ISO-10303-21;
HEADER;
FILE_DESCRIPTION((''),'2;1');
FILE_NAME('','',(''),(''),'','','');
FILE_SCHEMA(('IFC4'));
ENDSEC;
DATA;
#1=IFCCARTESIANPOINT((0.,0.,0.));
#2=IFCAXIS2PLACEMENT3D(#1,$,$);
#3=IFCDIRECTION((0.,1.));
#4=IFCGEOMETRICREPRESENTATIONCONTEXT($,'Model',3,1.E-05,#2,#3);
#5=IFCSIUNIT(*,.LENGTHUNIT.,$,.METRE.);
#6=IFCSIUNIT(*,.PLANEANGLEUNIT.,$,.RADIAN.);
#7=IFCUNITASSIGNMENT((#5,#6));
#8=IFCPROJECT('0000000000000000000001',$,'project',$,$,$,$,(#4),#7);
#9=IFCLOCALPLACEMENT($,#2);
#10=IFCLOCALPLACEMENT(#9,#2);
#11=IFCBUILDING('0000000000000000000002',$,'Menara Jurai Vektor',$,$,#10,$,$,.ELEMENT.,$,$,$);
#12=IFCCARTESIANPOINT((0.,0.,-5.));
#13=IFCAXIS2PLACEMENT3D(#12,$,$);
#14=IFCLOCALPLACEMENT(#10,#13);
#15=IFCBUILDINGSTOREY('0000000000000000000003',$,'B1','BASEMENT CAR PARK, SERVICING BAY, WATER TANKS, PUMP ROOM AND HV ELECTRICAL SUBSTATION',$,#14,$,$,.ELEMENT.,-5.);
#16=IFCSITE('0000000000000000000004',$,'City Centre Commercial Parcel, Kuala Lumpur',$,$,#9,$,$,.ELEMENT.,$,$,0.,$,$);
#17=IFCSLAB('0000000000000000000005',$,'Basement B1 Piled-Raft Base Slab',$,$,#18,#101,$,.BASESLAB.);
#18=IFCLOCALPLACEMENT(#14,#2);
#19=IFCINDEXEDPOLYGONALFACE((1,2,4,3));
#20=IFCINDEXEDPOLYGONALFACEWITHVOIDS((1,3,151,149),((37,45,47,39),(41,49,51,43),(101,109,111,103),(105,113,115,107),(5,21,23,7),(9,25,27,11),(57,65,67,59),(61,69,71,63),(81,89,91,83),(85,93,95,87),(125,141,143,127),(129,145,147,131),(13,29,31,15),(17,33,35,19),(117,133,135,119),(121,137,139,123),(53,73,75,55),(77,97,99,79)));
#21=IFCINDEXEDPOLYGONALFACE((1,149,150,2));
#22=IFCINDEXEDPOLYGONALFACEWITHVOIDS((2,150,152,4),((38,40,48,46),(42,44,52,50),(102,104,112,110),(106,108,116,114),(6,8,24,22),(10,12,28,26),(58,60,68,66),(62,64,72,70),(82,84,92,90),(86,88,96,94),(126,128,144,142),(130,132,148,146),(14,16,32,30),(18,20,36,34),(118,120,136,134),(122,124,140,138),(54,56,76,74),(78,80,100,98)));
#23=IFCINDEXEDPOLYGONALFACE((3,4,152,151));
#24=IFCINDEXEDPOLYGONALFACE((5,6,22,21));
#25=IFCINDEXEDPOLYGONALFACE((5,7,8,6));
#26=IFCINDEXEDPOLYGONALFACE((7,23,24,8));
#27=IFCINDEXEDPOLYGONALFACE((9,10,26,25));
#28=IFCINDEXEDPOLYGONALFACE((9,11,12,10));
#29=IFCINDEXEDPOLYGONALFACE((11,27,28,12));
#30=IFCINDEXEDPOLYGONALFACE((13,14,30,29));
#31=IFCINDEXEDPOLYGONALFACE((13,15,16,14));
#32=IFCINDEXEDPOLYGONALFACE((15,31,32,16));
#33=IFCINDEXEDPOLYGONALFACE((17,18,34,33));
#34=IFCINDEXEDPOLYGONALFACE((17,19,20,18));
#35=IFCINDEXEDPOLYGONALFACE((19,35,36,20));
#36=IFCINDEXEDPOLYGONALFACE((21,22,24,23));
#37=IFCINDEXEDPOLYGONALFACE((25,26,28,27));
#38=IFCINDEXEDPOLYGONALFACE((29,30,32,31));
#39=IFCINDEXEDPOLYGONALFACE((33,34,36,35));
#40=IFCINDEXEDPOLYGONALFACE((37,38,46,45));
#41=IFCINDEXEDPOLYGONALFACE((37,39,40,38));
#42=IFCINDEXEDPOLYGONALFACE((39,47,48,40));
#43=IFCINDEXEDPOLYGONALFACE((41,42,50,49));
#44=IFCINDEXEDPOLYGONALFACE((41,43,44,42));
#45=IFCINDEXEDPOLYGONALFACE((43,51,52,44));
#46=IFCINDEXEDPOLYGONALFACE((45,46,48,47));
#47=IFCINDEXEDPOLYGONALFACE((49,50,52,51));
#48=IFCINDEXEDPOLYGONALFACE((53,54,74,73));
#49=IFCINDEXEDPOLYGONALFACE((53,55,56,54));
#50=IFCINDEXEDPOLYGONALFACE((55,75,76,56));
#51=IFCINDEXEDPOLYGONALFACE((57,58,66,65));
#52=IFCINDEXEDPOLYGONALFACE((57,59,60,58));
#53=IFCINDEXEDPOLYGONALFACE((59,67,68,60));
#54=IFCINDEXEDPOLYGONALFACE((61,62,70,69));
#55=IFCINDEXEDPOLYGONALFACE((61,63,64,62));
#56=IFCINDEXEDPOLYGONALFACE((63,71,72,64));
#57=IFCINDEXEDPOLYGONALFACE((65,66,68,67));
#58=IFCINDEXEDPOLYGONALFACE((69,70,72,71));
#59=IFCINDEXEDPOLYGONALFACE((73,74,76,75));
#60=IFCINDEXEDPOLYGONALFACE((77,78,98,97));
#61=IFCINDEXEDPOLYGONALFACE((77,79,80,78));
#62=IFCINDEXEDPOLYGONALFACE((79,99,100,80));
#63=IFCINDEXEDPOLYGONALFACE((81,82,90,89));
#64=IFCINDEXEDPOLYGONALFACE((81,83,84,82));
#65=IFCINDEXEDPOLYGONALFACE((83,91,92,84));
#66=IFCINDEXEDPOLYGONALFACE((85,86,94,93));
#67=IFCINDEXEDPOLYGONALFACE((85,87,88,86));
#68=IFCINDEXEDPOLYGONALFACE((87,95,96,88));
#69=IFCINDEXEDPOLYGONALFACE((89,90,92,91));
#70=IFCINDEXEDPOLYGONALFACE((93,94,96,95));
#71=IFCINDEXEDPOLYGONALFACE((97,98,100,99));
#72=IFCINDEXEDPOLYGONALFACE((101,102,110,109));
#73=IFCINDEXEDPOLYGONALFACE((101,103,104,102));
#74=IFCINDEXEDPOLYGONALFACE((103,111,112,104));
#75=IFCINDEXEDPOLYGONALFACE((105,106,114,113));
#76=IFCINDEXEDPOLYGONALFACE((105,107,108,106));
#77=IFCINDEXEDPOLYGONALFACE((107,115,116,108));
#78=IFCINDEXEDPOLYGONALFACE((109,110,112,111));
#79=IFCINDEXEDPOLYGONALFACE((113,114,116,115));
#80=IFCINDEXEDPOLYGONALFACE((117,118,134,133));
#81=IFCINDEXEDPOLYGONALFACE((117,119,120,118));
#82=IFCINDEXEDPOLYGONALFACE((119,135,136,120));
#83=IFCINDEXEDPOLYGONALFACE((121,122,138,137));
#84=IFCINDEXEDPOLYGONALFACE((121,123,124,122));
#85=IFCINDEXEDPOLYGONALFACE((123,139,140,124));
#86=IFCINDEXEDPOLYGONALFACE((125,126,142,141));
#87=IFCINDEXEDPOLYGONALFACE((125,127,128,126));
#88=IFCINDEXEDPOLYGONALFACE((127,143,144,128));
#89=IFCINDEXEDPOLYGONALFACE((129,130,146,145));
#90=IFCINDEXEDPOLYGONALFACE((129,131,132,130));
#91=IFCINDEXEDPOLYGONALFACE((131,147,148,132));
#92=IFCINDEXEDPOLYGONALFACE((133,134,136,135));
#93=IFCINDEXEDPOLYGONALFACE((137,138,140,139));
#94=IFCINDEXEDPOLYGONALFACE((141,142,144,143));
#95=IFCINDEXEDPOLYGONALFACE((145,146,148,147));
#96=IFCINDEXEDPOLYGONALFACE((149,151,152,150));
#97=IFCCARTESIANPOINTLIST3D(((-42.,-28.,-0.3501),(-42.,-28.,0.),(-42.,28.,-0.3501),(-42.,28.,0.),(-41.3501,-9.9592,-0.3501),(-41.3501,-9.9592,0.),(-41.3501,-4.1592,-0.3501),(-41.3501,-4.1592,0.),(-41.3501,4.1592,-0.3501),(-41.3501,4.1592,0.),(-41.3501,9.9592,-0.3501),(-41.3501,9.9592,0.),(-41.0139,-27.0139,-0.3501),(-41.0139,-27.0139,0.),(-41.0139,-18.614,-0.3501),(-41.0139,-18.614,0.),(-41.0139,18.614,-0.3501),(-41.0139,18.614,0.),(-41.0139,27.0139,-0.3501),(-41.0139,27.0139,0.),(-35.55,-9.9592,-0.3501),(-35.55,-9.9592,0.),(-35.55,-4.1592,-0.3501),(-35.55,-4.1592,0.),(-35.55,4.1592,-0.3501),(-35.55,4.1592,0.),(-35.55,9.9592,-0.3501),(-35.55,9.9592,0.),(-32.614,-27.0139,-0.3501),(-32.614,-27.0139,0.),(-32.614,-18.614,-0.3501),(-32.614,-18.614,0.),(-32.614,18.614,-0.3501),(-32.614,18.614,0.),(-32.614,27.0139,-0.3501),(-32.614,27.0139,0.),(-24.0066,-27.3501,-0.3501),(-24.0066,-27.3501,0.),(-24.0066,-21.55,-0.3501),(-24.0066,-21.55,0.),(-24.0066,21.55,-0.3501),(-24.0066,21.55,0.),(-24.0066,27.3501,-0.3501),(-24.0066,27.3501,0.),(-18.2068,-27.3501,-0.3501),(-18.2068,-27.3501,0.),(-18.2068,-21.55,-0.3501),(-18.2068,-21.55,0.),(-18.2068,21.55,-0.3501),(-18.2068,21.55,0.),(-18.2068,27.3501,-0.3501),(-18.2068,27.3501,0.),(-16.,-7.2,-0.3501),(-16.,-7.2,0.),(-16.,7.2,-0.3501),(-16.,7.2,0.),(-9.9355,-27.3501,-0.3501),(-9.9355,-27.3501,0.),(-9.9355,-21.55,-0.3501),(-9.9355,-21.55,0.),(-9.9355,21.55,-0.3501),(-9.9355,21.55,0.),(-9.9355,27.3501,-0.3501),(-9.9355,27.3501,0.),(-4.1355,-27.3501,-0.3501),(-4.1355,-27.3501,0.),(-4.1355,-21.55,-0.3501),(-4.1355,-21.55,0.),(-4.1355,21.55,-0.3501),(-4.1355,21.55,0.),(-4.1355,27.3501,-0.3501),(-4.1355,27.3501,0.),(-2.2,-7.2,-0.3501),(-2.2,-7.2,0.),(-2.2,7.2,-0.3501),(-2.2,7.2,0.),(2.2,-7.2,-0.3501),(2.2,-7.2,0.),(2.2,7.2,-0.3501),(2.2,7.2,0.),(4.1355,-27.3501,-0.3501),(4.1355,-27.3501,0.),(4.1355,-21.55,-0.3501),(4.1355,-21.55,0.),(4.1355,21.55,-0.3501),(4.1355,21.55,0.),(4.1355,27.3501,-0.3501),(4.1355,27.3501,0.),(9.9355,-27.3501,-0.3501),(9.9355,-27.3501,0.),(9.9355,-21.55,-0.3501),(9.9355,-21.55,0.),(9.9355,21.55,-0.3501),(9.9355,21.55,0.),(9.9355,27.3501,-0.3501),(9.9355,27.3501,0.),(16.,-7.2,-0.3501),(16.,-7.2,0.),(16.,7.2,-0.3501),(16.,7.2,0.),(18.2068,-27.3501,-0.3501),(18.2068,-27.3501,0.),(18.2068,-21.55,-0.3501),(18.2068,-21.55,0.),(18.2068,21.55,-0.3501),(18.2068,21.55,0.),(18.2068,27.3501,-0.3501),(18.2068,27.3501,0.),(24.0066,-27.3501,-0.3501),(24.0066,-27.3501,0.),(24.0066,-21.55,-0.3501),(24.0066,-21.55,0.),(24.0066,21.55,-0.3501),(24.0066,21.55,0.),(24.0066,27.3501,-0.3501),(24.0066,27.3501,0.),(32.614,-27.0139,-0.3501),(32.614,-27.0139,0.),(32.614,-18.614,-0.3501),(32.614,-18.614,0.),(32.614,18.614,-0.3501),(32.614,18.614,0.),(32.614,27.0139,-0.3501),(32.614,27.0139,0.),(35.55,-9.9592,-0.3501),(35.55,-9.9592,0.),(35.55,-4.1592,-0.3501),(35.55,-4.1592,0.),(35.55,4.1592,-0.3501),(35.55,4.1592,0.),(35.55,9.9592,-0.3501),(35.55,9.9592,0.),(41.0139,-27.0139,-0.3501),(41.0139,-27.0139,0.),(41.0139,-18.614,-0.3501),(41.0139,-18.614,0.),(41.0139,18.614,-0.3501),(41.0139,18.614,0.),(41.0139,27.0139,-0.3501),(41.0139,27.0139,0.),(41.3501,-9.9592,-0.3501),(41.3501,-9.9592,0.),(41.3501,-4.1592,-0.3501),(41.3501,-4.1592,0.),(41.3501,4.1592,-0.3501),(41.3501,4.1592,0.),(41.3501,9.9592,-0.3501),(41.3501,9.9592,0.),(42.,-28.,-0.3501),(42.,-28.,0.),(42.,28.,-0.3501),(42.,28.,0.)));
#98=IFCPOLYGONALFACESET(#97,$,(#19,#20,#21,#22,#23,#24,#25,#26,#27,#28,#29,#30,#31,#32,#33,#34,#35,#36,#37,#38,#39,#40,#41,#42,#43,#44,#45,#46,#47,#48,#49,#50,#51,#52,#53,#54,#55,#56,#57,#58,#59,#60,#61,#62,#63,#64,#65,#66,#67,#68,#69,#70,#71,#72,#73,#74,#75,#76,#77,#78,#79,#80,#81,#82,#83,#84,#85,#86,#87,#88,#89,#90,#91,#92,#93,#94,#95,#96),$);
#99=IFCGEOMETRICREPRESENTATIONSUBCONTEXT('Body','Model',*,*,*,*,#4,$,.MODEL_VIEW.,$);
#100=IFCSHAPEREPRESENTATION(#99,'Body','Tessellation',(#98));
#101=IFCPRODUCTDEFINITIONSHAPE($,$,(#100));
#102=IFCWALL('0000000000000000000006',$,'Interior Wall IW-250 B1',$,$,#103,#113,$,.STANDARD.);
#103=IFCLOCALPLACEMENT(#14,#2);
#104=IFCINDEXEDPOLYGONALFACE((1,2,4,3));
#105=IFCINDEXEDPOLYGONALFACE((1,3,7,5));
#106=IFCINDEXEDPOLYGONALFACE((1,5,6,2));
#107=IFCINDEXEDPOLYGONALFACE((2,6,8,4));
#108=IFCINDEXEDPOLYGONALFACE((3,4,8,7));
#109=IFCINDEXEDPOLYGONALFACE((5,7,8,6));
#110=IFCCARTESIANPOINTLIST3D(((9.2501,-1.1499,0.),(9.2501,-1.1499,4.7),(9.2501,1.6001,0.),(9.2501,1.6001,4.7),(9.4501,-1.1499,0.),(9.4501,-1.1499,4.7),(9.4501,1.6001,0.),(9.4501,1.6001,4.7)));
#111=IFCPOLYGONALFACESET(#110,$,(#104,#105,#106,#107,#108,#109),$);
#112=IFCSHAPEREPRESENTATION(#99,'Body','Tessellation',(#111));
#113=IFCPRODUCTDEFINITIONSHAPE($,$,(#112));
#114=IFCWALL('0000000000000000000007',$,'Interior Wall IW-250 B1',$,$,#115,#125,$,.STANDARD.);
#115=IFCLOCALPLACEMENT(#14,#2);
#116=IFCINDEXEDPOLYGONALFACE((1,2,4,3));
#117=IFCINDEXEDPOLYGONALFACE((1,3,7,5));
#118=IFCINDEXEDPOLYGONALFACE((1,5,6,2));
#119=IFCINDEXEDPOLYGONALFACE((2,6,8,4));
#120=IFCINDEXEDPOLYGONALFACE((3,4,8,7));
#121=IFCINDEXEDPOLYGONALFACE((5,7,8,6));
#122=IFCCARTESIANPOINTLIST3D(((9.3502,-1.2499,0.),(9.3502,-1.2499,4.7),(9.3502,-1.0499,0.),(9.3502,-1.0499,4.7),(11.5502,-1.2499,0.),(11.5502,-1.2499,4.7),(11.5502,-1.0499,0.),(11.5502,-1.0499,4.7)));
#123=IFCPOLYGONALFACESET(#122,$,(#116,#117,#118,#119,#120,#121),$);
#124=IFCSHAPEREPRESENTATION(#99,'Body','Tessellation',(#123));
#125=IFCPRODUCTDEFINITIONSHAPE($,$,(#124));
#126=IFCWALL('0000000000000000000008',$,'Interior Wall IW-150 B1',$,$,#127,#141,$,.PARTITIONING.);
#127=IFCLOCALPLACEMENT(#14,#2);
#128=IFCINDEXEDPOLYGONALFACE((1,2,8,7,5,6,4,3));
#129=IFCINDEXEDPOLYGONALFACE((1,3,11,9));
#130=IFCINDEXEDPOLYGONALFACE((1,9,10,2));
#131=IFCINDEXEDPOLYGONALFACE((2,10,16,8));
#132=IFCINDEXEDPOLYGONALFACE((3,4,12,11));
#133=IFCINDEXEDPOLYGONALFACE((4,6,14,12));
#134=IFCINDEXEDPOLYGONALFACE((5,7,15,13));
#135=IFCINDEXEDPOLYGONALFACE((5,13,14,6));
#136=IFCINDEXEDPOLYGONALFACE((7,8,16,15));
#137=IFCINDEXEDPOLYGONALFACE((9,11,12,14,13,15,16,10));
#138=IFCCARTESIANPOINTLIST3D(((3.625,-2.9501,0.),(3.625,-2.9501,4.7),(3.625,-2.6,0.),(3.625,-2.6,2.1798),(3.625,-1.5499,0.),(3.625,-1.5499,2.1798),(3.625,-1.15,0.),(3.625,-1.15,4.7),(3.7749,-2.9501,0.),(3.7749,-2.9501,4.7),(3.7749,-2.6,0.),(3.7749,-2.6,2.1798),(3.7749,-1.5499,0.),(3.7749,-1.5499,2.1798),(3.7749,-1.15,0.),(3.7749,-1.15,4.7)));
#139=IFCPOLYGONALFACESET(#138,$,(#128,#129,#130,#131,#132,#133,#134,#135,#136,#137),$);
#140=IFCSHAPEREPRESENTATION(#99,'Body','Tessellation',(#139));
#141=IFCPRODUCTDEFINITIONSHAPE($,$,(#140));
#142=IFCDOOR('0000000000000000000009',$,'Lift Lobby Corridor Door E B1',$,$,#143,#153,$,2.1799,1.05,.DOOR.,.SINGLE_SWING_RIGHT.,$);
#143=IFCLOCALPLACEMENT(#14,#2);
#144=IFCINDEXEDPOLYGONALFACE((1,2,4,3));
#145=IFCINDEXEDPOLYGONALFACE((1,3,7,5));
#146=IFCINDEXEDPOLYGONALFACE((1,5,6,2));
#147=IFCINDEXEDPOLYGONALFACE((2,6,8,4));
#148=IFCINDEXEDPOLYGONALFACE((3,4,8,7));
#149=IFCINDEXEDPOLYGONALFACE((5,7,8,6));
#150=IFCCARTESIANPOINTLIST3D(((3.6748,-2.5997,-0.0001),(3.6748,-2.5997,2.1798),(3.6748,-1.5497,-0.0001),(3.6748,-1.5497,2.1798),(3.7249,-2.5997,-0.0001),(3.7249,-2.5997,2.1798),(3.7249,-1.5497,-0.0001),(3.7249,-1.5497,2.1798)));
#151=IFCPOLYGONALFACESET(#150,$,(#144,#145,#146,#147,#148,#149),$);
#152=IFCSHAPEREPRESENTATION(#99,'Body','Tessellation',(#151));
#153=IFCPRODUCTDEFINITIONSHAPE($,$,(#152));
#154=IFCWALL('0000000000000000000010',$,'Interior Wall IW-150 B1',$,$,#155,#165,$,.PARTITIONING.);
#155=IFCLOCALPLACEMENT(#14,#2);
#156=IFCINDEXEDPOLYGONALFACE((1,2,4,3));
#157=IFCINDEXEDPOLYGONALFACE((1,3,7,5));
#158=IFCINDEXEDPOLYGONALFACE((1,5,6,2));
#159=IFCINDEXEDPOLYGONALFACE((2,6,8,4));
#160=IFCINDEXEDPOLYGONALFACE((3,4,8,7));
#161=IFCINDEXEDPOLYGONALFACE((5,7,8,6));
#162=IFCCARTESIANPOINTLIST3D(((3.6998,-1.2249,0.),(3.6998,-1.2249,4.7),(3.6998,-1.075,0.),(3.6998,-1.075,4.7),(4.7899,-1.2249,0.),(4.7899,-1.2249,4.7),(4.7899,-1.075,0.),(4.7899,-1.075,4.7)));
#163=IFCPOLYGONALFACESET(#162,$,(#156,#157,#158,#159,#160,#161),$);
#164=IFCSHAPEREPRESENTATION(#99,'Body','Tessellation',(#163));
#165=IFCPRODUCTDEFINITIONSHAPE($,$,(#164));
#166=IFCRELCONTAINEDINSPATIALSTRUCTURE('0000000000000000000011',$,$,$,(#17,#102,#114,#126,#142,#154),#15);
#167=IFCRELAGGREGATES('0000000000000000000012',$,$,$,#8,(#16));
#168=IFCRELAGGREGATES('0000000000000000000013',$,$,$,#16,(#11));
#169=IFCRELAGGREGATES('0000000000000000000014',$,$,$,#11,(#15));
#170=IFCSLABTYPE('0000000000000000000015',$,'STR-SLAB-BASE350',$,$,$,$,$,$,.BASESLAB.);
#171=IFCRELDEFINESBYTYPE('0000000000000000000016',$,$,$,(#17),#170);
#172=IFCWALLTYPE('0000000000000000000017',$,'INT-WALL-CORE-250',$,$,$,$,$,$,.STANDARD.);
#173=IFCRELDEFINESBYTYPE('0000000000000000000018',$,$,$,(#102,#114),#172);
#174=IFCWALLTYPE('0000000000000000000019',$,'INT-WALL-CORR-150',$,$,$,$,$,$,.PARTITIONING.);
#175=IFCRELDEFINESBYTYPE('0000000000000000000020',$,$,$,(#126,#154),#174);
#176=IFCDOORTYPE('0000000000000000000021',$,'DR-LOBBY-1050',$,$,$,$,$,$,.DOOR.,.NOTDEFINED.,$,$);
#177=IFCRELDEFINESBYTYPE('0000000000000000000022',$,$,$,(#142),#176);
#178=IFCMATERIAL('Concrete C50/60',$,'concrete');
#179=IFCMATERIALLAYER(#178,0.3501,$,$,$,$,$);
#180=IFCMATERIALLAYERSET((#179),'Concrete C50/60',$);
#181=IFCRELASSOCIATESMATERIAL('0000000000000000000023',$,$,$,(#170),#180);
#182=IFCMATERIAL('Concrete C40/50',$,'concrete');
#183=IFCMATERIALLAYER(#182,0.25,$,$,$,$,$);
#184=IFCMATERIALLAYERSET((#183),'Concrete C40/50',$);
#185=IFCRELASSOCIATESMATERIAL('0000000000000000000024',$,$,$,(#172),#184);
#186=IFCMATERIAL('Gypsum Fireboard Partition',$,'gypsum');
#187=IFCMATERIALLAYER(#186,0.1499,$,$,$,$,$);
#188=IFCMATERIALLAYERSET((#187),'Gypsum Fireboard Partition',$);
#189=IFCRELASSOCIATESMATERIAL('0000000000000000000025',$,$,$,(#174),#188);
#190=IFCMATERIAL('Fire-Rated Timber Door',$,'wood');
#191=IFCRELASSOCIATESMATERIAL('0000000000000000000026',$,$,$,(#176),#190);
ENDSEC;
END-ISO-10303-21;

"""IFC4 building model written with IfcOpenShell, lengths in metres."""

from ifc_helpers import new_model, si_unit, direction, frame, frame_2d, origin, place, context, subcontext, project, spatial, polyline, rectangle, outline, extrude, material, layer, layer_set, type_object, element, fill, save


model = new_model("IFC4")

# Units and contexts
model_context = context("Model", 3, precision=1e-05, world=origin(), true_north=direction((0.0, 1.0)))
body_context = subcontext(model_context, "Body", "Model", "MODEL_VIEW")
ifc_project = project(units=[si_unit("LENGTHUNIT", "METRE"), si_unit("PLANEANGLEUNIT", "RADIAN")], contexts=[model_context])

# Site, building, storey
site_placement = place(None, origin())
site = spatial("IfcSite", under=ifc_project, at=site_placement, Name="City Centre Commercial Parcel, Kuala Lumpur", CompositionType="ELEMENT", RefElevation=0.0)
building_placement = place(site_placement, origin())
building = spatial("IfcBuilding", under=site, at=building_placement, Name="Menara Jurai Vektor", CompositionType="ELEMENT")
storey_placement = place(building_placement, frame((0.0, 0.0, -5.0)))
storey = spatial("IfcBuildingStorey", under=building, at=storey_placement, Name="B1", Description="BASEMENT CAR PARK, SERVICING BAY, WATER TANKS, PUMP ROOM AND HV ELECTRICAL SUBSTATION", CompositionType="ELEMENT", Elevation=-5.0)

# Shared definitions
ifc_material_1 = material(Name="Concrete C50/60", Category="concrete")

# Shared definitions
ifc_material_2 = material(Name="Concrete C40/50", Category="concrete")

# Slab
ifc_layer_1 = layer(ifc_material_1, 0.3501)
ifc_layer_set_1 = layer_set([ifc_layer_1], Name="Concrete C50/60")
slab_type_1 = type_object("IfcSlabType", Name="STR-SLAB-BASE350", PredefinedType="BASESLAB", material=ifc_layer_set_1)
slab_1_placement = place(storey_placement, frame((0.0, 0.0, -0.3501)))
element("IfcSlab", 1, at=slab_1_placement, inside=storey, type_object=slab_type_1, Name="Basement B1 Piled-Raft Base Slab", PredefinedType="BASESLAB", context=body_context, shape_type="SweptSolid", body=[
    extrude(outline(polyline([(42.0, -28.0), (42.0, 28.0), (-42.0, 28.0), (-42.0, -28.0), (42.0, -28.0)]), holes=[polyline([(-16.0, -7.2), (-16.0, 7.2), (-2.2, 7.2), (-2.2, -7.2), (-16.0, -7.2)]), polyline([(2.2, -7.2), (2.2, 7.2), (16.0, 7.2), (16.0, -7.2), (2.2, -7.2)]), polyline([(-41.0139, -27.0139), (-41.0139, -18.614), (-32.614, -18.614), (-32.614, -27.0139), (-41.0139, -27.0139)]), polyline([(32.614, -27.0139), (32.614, -18.614), (41.0139, -18.614), (41.0139, -27.0139), (32.614, -27.0139)]), polyline([(32.614, 18.614), (32.614, 27.0139), (41.0139, 27.0139), (41.0139, 18.614), (32.614, 18.614)]), polyline([(-41.0139, 18.614), (-41.0139, 27.0139), (-32.614, 27.0139), (-32.614, 18.614), (-41.0139, 18.614)]), polyline([(-24.0066, -27.3501), (-24.0066, -21.55), (-18.2068, -21.55), (-18.2068, -27.3501), (-24.0066, -27.3501)]), polyline([(-9.9355, -27.3501), (-9.9355, -21.55), (-4.1355, -21.55), (-4.1355, -27.3501), (-9.9355, -27.3501)]), polyline([(4.1355, -27.3501), (4.1355, -21.55), (9.9355, -21.55), (9.9355, -27.3501), (4.1355, -27.3501)]), polyline([(18.2068, -27.3501), (18.2068, -21.55), (24.0066, -21.55), (24.0066, -27.3501), (18.2068, -27.3501)]), polyline([(35.55, -9.9592), (35.55, -4.1592), (41.3501, -4.1592), (41.3501, -9.9592), (35.55, -9.9592)]), polyline([(35.55, 4.1592), (35.55, 9.9592), (41.3501, 9.9592), (41.3501, 4.1592), (35.55, 4.1592)]), polyline([(18.2068, 21.55), (18.2068, 27.3501), (24.0066, 27.3501), (24.0066, 21.55), (18.2068, 21.55)]), polyline([(4.1355, 21.55), (4.1355, 27.3501), (9.9355, 27.3501), (9.9355, 21.55), (4.1355, 21.55)]), polyline([(-9.9355, 21.55), (-9.9355, 27.3501), (-4.1355, 27.3501), (-4.1355, 21.55), (-9.9355, 21.55)]), polyline([(-24.0066, 21.55), (-24.0066, 27.3501), (-18.2068, 27.3501), (-18.2068, 21.55), (-24.0066, 21.55)]), polyline([(-41.3501, 4.1592), (-41.3501, 9.9592), (-35.55, 9.9592), (-35.55, 4.1592), (-41.3501, 4.1592)]), polyline([(-41.3501, -9.9592), (-41.3501, -4.1592), (-35.55, -4.1592), (-35.55, -9.9592), (-41.3501, -9.9592)])]), origin(), (0.0, 0.0, 1.0), 0.3501),
])

# Walls
ifc_layer_2 = layer(ifc_material_2, 0.25)
ifc_layer_set_2 = layer_set([ifc_layer_2], Name="Concrete C40/50")
wall_type_1 = type_object("IfcWallType", Name="INT-WALL-CORE-250", PredefinedType="STANDARD", material=ifc_layer_set_2)
wall_1_placement = place(storey_placement, frame((9.3501, -1.1499, 0.0), z_axis=(0.0, 0.0, 1.0), x_axis=(0.0, 1.0, 0.0)))
element("IfcWall", 2, at=wall_1_placement, inside=storey, type_object=wall_type_1, Name="Interior Wall IW-250 B1", PredefinedType="STANDARD", context=body_context, shape_type="SweptSolid", body=[
    extrude(rectangle(XDim=2.75, YDim=0.2, at=frame_2d((1.375, 0.0))), origin(), (0.0, 0.0, 1.0), 4.7),
])
wall_2_placement = place(storey_placement, frame((9.3501, -1.1499, 0.0), z_axis=(0.0, 0.0, 1.0), x_axis=(1.0, 0.0, 0.0)))
element("IfcWall", 3, at=wall_2_placement, inside=storey, type_object=wall_type_1, Name="Interior Wall IW-250 B1", PredefinedType="STANDARD", context=body_context, shape_type="SweptSolid", body=[
    extrude(rectangle(XDim=2.2, YDim=0.2, at=frame_2d((1.1001, 0.0))), origin(), (0.0, 0.0, 1.0), 4.7),
])

# Wall, opening, door
ifc_material_3 = material(Name="Gypsum Fireboard Partition", Category="gypsum")
ifc_layer_3 = layer(ifc_material_3, 0.1499)
ifc_layer_set_3 = layer_set([ifc_layer_3], Name="Gypsum Fireboard Partition")
wall_type_2 = type_object("IfcWallType", Name="INT-WALL-CORR-150", PredefinedType="PARTITIONING", material=ifc_layer_set_3)
wall_3_placement = place(storey_placement, frame((3.7, -2.95, 0.0), z_axis=(0.0, 0.0, 1.0), x_axis=(0.0, 1.0, 0.0)))
wall_3 = element("IfcWall", 4, at=wall_3_placement, inside=storey, type_object=wall_type_2, Name="Interior Wall IW-150 B1", PredefinedType="PARTITIONING", context=body_context, shape_type="SweptSolid", body=[
    extrude(rectangle(XDim=1.8, YDim=0.1499, at=frame_2d((0.8999, 0.0))), origin(), (0.0, 0.0, 1.0), 4.7),
])
opening_1_placement = place(wall_3_placement, frame((0.3501, 0.0, 0.0)))
opening_1 = element("IfcOpeningElement", 5, at=opening_1_placement, cuts=wall_3, PredefinedType="OPENING", context=body_context, shape_type="SweptSolid", body=[
    extrude(rectangle(XDim=1.05, YDim=2.1799, at=frame_2d((0.5249, 1.0898))), frame((0.0, 0.085, 0.0), z_axis=(0.0, -1.0, 0.0), x_axis=(1.0, 0.0, 0.0)), (0.0, 0.0, 1.0), 0.1699),
])
ifc_material_4 = material(Name="Fire-Rated Timber Door", Category="wood")
door_type_1 = type_object("IfcDoorType", Name="DR-LOBBY-1050", OperationType="NOTDEFINED", PredefinedType="DOOR", material=ifc_material_4)
door_1_placement = place(opening_1_placement, frame((1.05, 0.0, 0.0), z_axis=(0.0, 0.0, 1.0), x_axis=(-1.0, 0.0, 0.0)))
door_1 = element("IfcDoor", 6, at=door_1_placement, inside=storey, type_object=door_type_1, Name="Lift Lobby Corridor Door E B1", OperationType="SINGLE_SWING_RIGHT", OverallHeight=2.1799, OverallWidth=1.05, PredefinedType="DOOR", context=body_context, shape_type="SweptSolid", body=[
    extrude(rectangle(XDim=1.05, YDim=2.1799, at=frame_2d((0.5249, 1.0898))), frame((0.0, 0.0249, 0.0), z_axis=(0.0, -1.0, 0.0), x_axis=(1.0, 0.0, 0.0)), (0.0, 0.0, 1.0), 0.05),
])
fill(opening_1, door_1)

# Wall
wall_4_placement = place(storey_placement, frame((3.7, -1.1499, 0.0), z_axis=(0.0, 0.0, 1.0), x_axis=(1.0, 0.0, 0.0)))
element("IfcWall", 7, at=wall_4_placement, inside=storey, type_object=wall_type_2, Name="Interior Wall IW-150 B1", PredefinedType="PARTITIONING", context=body_context, shape_type="SweptSolid", body=[
    extrude(rectangle(XDim=1.0901, YDim=0.1499, at=frame_2d((0.5449, 0.0))), origin(), (0.0, 0.0, 1.0), 4.7),
])

save(model, "model.ifc")
